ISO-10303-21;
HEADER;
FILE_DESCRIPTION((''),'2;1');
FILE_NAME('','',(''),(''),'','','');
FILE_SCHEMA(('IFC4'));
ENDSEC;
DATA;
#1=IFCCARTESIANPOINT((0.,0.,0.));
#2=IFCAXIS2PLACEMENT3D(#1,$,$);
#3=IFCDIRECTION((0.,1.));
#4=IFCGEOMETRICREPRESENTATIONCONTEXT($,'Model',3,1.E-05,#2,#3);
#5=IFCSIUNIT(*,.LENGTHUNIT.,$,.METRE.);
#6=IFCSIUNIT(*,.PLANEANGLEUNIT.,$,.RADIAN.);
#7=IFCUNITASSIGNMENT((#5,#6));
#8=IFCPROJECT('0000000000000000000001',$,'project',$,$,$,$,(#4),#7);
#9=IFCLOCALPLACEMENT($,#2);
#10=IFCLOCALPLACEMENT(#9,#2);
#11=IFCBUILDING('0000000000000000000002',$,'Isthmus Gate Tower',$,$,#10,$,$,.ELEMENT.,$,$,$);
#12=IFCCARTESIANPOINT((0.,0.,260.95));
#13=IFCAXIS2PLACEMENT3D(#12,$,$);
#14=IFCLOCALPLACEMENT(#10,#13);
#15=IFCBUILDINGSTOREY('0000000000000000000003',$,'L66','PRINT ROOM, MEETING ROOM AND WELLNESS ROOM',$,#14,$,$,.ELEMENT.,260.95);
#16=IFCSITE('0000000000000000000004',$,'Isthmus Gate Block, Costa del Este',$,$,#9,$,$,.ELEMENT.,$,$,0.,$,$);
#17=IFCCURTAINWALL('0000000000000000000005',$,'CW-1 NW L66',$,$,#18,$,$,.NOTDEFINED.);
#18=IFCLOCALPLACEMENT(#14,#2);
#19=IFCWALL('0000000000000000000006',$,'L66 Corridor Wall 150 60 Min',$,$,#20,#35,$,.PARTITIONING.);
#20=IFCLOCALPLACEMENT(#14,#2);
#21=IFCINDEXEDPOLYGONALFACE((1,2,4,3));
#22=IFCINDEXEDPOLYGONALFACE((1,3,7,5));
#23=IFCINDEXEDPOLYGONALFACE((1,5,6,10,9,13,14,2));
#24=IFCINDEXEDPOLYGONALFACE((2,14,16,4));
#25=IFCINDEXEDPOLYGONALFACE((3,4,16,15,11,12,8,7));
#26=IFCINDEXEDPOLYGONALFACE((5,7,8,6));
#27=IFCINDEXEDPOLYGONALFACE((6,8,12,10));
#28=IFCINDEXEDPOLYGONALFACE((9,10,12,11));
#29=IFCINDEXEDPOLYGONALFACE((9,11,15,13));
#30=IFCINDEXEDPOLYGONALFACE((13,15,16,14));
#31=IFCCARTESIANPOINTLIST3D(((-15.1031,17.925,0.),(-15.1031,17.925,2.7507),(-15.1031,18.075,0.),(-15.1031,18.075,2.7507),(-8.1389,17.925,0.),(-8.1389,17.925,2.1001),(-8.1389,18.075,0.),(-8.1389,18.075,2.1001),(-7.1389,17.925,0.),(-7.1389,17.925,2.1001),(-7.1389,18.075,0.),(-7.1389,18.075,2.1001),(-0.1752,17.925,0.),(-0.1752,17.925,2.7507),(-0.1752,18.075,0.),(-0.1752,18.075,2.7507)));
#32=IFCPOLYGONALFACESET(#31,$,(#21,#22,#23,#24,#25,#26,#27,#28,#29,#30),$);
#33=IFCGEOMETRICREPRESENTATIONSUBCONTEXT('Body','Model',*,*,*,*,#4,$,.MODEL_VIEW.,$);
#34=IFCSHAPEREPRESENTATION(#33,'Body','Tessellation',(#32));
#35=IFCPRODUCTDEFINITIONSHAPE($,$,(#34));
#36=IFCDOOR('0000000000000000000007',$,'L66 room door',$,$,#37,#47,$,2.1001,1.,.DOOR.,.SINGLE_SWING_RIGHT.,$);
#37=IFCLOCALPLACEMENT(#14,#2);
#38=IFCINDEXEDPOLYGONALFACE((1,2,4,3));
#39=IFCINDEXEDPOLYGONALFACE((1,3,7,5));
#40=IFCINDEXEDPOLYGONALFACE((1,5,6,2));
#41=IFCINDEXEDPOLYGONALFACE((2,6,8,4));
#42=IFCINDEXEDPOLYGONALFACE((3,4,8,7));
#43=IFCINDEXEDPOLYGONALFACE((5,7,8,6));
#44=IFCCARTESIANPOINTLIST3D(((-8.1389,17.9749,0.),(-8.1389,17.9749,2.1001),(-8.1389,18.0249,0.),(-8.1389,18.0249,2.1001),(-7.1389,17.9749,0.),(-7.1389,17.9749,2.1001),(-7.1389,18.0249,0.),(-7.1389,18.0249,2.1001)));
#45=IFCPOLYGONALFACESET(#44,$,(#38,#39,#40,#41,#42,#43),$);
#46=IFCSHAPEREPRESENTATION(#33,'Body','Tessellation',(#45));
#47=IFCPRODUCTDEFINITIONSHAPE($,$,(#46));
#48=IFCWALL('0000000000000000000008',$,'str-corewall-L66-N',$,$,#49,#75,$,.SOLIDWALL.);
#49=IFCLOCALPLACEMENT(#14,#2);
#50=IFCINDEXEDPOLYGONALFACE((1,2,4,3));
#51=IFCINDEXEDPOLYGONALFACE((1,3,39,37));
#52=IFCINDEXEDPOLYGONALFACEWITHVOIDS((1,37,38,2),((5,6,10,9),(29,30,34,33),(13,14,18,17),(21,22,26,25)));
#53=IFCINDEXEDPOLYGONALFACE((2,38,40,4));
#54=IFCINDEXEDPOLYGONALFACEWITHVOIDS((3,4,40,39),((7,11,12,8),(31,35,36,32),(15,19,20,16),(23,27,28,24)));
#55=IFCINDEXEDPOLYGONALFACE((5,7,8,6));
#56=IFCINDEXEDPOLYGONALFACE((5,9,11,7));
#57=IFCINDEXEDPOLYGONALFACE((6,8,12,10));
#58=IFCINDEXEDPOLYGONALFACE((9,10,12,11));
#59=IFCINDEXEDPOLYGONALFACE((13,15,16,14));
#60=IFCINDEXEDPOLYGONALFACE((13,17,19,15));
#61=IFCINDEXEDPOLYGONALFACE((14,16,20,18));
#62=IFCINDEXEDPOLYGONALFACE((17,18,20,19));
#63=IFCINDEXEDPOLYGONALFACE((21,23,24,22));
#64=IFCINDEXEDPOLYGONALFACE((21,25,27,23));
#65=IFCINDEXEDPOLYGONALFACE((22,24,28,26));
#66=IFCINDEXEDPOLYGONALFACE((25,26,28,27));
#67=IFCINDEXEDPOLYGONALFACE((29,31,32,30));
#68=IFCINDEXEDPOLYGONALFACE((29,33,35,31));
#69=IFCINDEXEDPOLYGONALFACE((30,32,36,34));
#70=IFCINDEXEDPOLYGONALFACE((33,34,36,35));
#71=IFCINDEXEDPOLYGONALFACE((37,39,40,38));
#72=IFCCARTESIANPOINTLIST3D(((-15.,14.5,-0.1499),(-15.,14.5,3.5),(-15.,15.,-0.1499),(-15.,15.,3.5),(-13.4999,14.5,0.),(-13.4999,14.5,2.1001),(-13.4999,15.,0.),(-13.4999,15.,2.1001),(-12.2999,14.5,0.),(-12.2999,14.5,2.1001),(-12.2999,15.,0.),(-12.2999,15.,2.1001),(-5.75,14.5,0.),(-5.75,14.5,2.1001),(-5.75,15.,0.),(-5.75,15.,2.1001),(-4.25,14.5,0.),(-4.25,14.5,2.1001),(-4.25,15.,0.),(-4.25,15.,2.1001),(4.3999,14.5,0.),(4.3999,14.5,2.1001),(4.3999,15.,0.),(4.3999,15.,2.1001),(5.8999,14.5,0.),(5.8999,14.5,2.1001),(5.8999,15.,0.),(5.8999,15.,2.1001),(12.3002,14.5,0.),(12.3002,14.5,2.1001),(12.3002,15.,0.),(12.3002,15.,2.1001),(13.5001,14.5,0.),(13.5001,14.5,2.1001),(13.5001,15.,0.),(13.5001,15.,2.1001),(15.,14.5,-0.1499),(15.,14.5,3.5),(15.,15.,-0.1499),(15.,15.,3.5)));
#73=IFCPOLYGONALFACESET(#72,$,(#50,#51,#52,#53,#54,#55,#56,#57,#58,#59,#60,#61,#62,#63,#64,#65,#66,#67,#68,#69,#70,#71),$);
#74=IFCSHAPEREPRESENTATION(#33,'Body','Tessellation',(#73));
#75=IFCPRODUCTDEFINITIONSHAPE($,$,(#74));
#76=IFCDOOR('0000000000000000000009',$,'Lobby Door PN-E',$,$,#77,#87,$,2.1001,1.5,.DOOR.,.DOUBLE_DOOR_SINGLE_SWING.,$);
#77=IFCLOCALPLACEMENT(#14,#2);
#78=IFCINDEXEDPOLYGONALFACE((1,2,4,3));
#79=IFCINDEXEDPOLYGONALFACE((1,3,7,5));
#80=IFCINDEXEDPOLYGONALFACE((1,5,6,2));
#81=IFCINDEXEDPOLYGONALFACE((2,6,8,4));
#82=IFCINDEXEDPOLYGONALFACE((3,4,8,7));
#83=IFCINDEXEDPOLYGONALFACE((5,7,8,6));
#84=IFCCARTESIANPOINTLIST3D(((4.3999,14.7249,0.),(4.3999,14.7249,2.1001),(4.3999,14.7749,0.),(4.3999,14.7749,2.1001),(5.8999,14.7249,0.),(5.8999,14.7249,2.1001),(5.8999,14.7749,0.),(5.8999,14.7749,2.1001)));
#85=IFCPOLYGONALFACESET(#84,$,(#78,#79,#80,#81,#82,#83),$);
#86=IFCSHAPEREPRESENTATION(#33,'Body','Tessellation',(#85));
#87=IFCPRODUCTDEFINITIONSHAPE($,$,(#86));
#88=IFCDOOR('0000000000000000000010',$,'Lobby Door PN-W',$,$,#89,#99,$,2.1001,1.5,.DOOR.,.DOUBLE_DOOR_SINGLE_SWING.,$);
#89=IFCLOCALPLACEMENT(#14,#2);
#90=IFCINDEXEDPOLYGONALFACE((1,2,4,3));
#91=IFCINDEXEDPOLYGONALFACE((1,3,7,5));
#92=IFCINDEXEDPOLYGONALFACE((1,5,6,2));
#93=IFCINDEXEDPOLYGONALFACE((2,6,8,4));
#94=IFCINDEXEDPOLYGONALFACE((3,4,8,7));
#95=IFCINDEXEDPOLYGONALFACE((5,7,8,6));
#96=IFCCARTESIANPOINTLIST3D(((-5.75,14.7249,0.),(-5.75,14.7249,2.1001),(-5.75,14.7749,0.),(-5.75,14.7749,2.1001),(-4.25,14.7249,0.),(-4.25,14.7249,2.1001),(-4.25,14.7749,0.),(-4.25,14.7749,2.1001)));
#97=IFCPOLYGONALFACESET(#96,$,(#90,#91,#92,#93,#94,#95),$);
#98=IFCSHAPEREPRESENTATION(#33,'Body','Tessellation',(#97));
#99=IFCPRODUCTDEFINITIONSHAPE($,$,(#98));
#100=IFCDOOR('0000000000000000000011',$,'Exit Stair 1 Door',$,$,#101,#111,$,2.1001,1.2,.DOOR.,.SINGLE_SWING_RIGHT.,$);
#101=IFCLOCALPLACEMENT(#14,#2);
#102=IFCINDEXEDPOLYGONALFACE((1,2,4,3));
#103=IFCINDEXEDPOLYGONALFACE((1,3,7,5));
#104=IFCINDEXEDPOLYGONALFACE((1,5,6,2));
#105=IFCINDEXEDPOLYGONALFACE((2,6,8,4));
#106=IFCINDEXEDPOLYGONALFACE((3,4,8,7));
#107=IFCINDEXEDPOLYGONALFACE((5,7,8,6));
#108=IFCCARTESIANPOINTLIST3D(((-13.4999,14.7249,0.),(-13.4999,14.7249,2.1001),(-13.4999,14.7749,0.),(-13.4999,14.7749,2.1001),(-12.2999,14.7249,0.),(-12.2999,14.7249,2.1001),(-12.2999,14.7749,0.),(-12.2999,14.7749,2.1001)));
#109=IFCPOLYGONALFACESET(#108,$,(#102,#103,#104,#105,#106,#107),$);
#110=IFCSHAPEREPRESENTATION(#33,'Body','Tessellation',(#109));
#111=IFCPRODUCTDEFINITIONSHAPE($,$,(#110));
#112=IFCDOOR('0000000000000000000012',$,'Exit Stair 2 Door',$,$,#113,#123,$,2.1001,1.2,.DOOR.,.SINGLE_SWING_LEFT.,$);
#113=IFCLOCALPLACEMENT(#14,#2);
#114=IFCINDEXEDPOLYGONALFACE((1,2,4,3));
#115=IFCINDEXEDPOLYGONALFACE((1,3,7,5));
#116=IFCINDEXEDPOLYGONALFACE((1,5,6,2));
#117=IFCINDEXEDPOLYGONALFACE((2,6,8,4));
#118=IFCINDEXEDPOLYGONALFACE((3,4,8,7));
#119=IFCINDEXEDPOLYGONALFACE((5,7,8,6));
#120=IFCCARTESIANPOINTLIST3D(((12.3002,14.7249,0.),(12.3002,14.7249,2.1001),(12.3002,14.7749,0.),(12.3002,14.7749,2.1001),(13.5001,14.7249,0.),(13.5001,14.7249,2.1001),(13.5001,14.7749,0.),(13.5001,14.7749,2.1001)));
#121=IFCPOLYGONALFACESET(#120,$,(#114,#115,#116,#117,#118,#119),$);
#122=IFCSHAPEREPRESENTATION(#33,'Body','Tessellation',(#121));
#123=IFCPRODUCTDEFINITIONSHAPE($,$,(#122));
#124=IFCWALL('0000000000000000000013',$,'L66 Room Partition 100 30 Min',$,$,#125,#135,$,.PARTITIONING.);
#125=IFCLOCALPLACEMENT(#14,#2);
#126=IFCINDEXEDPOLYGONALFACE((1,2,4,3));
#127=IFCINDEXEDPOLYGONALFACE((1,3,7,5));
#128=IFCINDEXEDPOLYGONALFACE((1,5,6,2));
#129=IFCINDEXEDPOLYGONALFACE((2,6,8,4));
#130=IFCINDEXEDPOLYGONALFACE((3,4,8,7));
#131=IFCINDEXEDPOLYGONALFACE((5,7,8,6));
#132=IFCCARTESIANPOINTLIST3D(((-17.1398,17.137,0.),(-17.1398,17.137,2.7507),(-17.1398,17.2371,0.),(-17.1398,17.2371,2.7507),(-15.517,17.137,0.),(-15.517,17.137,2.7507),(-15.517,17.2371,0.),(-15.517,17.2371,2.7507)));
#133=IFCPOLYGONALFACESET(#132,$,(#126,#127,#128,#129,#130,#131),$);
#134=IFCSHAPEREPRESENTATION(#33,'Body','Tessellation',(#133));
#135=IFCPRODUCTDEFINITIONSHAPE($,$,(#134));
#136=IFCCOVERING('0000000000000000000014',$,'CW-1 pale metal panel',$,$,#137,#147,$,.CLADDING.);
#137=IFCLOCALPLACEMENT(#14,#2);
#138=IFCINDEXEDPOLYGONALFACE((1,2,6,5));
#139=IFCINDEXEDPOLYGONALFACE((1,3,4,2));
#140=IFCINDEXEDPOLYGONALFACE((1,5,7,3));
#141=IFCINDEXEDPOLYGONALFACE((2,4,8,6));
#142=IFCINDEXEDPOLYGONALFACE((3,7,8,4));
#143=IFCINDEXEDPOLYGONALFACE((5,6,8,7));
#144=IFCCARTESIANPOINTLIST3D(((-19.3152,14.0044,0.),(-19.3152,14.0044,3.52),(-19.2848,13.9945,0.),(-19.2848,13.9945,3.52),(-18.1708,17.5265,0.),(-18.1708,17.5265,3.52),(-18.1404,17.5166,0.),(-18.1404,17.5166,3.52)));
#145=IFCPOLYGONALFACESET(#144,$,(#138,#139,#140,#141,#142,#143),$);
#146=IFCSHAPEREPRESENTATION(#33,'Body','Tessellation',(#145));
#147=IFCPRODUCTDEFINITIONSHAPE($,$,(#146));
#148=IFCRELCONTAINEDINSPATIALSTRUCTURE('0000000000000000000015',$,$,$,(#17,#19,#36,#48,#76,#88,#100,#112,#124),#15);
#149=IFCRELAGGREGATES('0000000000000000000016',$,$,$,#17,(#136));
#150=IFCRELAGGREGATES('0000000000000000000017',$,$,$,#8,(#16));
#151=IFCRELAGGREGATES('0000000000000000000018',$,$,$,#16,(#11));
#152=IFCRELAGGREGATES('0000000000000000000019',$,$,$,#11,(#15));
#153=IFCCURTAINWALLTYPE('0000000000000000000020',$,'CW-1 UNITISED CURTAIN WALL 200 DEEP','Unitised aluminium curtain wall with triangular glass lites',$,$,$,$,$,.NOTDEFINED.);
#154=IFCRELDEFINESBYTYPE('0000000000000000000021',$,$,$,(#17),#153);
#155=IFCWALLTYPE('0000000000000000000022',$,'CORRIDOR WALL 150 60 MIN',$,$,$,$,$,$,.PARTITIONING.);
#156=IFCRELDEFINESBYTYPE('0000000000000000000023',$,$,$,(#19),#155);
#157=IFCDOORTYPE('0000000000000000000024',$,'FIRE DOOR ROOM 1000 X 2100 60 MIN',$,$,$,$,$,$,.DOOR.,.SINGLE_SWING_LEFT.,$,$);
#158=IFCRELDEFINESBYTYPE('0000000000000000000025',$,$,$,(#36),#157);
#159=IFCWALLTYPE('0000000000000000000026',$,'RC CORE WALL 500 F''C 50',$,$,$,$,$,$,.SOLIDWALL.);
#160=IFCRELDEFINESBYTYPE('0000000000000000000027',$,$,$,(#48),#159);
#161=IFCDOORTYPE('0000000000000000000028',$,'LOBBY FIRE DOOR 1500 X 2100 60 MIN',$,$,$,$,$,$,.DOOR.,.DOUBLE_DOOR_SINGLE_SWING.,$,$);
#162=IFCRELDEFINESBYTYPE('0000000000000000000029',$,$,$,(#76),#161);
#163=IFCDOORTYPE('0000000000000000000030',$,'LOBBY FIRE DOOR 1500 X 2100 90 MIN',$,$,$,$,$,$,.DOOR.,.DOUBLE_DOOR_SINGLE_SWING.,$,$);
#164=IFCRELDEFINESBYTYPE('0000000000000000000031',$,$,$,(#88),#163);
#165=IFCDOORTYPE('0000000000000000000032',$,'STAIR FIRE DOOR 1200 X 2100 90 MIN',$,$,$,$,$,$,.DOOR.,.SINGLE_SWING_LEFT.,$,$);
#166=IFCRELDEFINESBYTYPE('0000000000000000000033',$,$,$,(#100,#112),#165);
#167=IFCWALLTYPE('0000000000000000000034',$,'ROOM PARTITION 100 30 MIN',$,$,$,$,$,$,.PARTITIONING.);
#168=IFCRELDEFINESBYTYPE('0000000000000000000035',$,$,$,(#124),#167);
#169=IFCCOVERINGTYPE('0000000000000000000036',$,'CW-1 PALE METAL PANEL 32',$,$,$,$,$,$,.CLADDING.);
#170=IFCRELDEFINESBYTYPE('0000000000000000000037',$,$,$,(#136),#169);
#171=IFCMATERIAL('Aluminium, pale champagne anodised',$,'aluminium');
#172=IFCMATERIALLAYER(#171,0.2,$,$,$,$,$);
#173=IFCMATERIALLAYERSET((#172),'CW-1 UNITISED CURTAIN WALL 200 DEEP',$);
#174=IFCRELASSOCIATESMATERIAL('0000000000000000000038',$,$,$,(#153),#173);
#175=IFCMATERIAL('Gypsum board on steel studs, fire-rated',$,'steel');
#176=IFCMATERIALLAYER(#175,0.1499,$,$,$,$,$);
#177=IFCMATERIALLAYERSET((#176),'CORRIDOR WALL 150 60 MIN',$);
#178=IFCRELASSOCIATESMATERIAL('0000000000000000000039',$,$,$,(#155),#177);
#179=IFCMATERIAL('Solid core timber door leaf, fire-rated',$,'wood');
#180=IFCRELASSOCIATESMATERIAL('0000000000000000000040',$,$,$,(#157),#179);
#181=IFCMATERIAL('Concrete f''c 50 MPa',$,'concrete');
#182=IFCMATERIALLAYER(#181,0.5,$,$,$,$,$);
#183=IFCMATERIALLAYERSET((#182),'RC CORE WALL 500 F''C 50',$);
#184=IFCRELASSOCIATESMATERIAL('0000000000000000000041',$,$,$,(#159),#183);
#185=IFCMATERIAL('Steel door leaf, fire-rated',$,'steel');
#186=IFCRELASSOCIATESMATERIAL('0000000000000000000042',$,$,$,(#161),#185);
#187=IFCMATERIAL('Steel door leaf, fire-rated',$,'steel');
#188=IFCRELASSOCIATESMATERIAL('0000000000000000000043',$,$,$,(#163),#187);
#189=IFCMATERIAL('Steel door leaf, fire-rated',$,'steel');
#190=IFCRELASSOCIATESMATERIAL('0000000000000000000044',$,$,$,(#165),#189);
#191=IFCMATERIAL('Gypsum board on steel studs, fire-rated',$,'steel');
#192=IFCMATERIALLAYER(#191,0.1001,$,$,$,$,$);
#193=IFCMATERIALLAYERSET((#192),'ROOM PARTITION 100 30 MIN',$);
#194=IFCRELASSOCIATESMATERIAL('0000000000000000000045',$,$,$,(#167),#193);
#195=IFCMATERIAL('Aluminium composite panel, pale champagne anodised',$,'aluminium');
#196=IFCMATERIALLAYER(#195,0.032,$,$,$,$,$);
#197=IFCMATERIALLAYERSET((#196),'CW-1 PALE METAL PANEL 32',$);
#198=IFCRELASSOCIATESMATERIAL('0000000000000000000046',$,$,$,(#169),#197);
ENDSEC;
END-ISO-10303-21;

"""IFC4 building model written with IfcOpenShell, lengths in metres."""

from ifc_helpers import new_model, si_unit, direction, frame, frame_2d, origin, origin_2d, place, context, subcontext, project, spatial, rectangle, extrude, material, layer, layer_set, type_object, element, fill, aggregate, save


model = new_model("IFC4")

# Units and contexts
model_context = context("Model", 3, precision=1e-05, world=origin(), true_north=direction((0.0, 1.0)))
body_context = subcontext(model_context, "Body", "Model", "MODEL_VIEW")
ifc_project = project(units=[si_unit("LENGTHUNIT", "METRE"), si_unit("PLANEANGLEUNIT", "RADIAN")], contexts=[model_context])

# Site, building, storey
site_placement = place(None, origin())
site = spatial("IfcSite", under=ifc_project, at=site_placement, Name="Isthmus Gate Block, Costa del Este", CompositionType="ELEMENT", RefElevation=0.0)
building_placement = place(site_placement, origin())
building = spatial("IfcBuilding", under=site, at=building_placement, Name="Isthmus Gate Tower", CompositionType="ELEMENT")
storey_placement = place(building_placement, frame((0.0, 0.0, 260.95)))
storey = spatial("IfcBuildingStorey", under=building, at=storey_placement, Name="L66", Description="PRINT ROOM, MEETING ROOM AND WELLNESS ROOM", CompositionType="ELEMENT", Elevation=260.95)

# Curtain wall
ifc_material_1 = material(Name="Aluminium, pale champagne anodised", Category="aluminium")
ifc_layer_1 = layer(ifc_material_1, 0.2)
ifc_layer_set_1 = layer_set([ifc_layer_1], Name="CW-1 UNITISED CURTAIN WALL 200 DEEP")
curtain_wall_type = type_object("IfcCurtainWallType", Name="CW-1 UNITISED CURTAIN WALL 200 DEEP", Description="Unitised aluminium curtain wall with triangular glass lites", PredefinedType="NOTDEFINED", material=ifc_layer_set_1)
curtain_wall_1_placement = place(storey_placement, origin())
curtain_wall_1 = element("IfcCurtainWall", 1, at=curtain_wall_1_placement, inside=storey, type_object=curtain_wall_type, Name="CW-1 NW L66", PredefinedType="NOTDEFINED")

# Shared definitions
ifc_material_2 = material(Name="Gypsum board on steel studs, fire-rated", Category="steel")
ifc_layer_2 = layer(ifc_material_2, 0.1499)
ifc_layer_set_2 = layer_set([ifc_layer_2], Name="CORRIDOR WALL 150 60 MIN")
wall_type_1 = type_object("IfcWallType", Name="CORRIDOR WALL 150 60 MIN", PredefinedType="PARTITIONING", material=ifc_layer_set_2)

# Wall, opening, door
wall_1_placement = place(storey_placement, frame((-15.103, 18.0, 0.0), z_axis=(0.0, 0.0, 1.0), x_axis=(1.0, 0.0, 0.0)))
wall_1 = element("IfcWall", 2, at=wall_1_placement, inside=storey, type_object=wall_type_1, Name="L66 Corridor Wall 150 60 Min", PredefinedType="PARTITIONING", context=body_context, shape_type="SweptSolid", body=[
    extrude(rectangle(XDim=14.928, YDim=0.1499, at=frame_2d((7.4639, 0.0))), origin(), (0.0, 0.0, 1.0), 2.7507),
])
opening_1_placement = place(wall_1_placement, frame((6.9641, 0.0, 0.0)))
opening_1 = element("IfcOpeningElement", 3, at=opening_1_placement, cuts=wall_1, PredefinedType="OPENING", context=body_context, shape_type="SweptSolid", body=[
    extrude(rectangle(XDim=1.0, YDim=2.1001, at=frame_2d((0.5, 1.05))), frame((0.0, 0.085, 0.0), z_axis=(0.0, -1.0, 0.0), x_axis=(1.0, 0.0, 0.0)), (0.0, 0.0, 1.0), 0.1699),
])
ifc_material_3 = material(Name="Solid core timber door leaf, fire-rated", Category="wood")
door_type_1 = type_object("IfcDoorType", Name="FIRE DOOR ROOM 1000 X 2100 60 MIN", OperationType="SINGLE_SWING_LEFT", PredefinedType="DOOR", material=ifc_material_3)
door_1_placement = place(opening_1_placement, origin())
door_1 = element("IfcDoor", 4, at=door_1_placement, inside=storey, type_object=door_type_1, Name="L66 room door", OperationType="SINGLE_SWING_RIGHT", OverallHeight=2.1001, OverallWidth=1.0, PredefinedType="DOOR", context=body_context, shape_type="SweptSolid", body=[
    extrude(rectangle(XDim=1.0, YDim=2.1001, at=frame_2d((0.5, 1.05))), frame((0.0, 0.0249, 0.0), z_axis=(0.0, -1.0, 0.0), x_axis=(1.0, 0.0, 0.0)), (0.0, 0.0, 1.0), 0.05),
])
fill(opening_1, door_1)

# Wall, openings, doors
ifc_material_4 = material(Name="Concrete f'c 50 MPa", Category="concrete")
ifc_layer_3 = layer(ifc_material_4, 0.5)
ifc_layer_set_3 = layer_set([ifc_layer_3], Name="RC CORE WALL 500 F'C 50")
wall_type_2 = type_object("IfcWallType", Name="RC CORE WALL 500 F'C 50", PredefinedType="SOLIDWALL", material=ifc_layer_set_3)
wall_2_placement = place(storey_placement, frame((-15.0, 14.75, -0.1499), z_axis=(0.0, 0.0, 1.0), x_axis=(1.0, 0.0, 0.0)))
wall_2 = element("IfcWall", 5, at=wall_2_placement, inside=storey, type_object=wall_type_2, Name="str-corewall-L66-N", PredefinedType="SOLIDWALL", context=body_context, shape_type="SweptSolid", body=[
    extrude(rectangle(XDim=30.0, YDim=0.5, at=frame_2d((15.0, 0.0))), origin(), (0.0, 0.0, 1.0), 3.6499),
])
opening_2_placement = place(wall_2_placement, frame((9.25, 0.0, 0.1499)))
opening_2 = element("IfcOpeningElement", 6, at=opening_2_placement, cuts=wall_2, PredefinedType="OPENING", context=body_context, shape_type="SweptSolid", body=[
    extrude(rectangle(XDim=1.5, YDim=2.1001, at=frame_2d((0.75, 1.05))), frame((0.0, 0.26, 0.0), z_axis=(0.0, -1.0, 0.0), x_axis=(1.0, 0.0, 0.0)), (0.0, 0.0, 1.0), 0.52),
])
opening_3_placement = place(wall_2_placement, frame((19.3999, 0.0, 0.1499)))
opening_3 = element("IfcOpeningElement", 7, at=opening_3_placement, cuts=wall_2, PredefinedType="OPENING", context=body_context, shape_type="SweptSolid", body=[
    extrude(rectangle(XDim=1.5, YDim=2.1001, at=frame_2d((0.75, 1.05))), frame((0.0, 0.26, 0.0), z_axis=(0.0, -1.0, 0.0), x_axis=(1.0, 0.0, 0.0)), (0.0, 0.0, 1.0), 0.52),
])
opening_4_placement = place(wall_2_placement, frame((1.5, 0.0, 0.1499)))
opening_4 = element("IfcOpeningElement", 8, at=opening_4_placement, cuts=wall_2, PredefinedType="OPENING", context=body_context, shape_type="SweptSolid", body=[
    extrude(rectangle(XDim=1.2, YDim=2.1001, at=frame_2d((0.6001, 1.05))), frame((0.0, 0.26, 0.0), z_axis=(0.0, -1.0, 0.0), x_axis=(1.0, 0.0, 0.0)), (0.0, 0.0, 1.0), 0.52),
])
opening_5_placement = place(wall_2_placement, frame((27.3, 0.0, 0.1499)))
opening_5 = element("IfcOpeningElement", 9, at=opening_5_placement, cuts=wall_2, PredefinedType="OPENING", context=body_context, shape_type="SweptSolid", body=[
    extrude(rectangle(XDim=1.2, YDim=2.1001, at=frame_2d((0.6001, 1.05))), frame((0.0, 0.26, 0.0), z_axis=(0.0, -1.0, 0.0), x_axis=(1.0, 0.0, 0.0)), (0.0, 0.0, 1.0), 0.52),
])
ifc_material_5 = material(Name="Steel door leaf, fire-rated", Category="steel")
door_type_2 = type_object("IfcDoorType", Name="LOBBY FIRE DOOR 1500 X 2100 60 MIN", OperationType="DOUBLE_DOOR_SINGLE_SWING", PredefinedType="DOOR", material=ifc_material_5)
door_2_placement = place(opening_3_placement, origin())
door_2 = element("IfcDoor", 10, at=door_2_placement, inside=storey, type_object=door_type_2, Name="Lobby Door PN-E", OperationType="DOUBLE_DOOR_SINGLE_SWING", OverallHeight=2.1001, OverallWidth=1.5, PredefinedType="DOOR", context=body_context, shape_type="SweptSolid", body=[
    extrude(rectangle(XDim=1.5, YDim=2.1001, at=frame_2d((0.75, 1.05))), frame((0.0, 0.0249, 0.0), z_axis=(0.0, -1.0, 0.0), x_axis=(1.0, 0.0, 0.0)), (0.0, 0.0, 1.0), 0.05),
])
fill(opening_3, door_2)
ifc_material_6 = material(Name="Steel door leaf, fire-rated", Category="steel")
door_type_3 = type_object("IfcDoorType", Name="LOBBY FIRE DOOR 1500 X 2100 90 MIN", OperationType="DOUBLE_DOOR_SINGLE_SWING", PredefinedType="DOOR", material=ifc_material_6)
door_3_placement = place(opening_2_placement, origin())
door_3 = element("IfcDoor", 11, at=door_3_placement, inside=storey, type_object=door_type_3, Name="Lobby Door PN-W", OperationType="DOUBLE_DOOR_SINGLE_SWING", OverallHeight=2.1001, OverallWidth=1.5, PredefinedType="DOOR", context=body_context, shape_type="SweptSolid", body=[
    extrude(rectangle(XDim=1.5, YDim=2.1001, at=frame_2d((0.75, 1.05))), frame((0.0, 0.0249, 0.0), z_axis=(0.0, -1.0, 0.0), x_axis=(1.0, 0.0, 0.0)), (0.0, 0.0, 1.0), 0.05),
])
fill(opening_2, door_3)
ifc_material_7 = material(Name="Steel door leaf, fire-rated", Category="steel")
door_type_4 = type_object("IfcDoorType", Name="STAIR FIRE DOOR 1200 X 2100 90 MIN", OperationType="SINGLE_SWING_LEFT", PredefinedType="DOOR", material=ifc_material_7)
door_4_placement = place(opening_4_placement, origin())
door_4 = element("IfcDoor", 12, at=door_4_placement, inside=storey, type_object=door_type_4, Name="Exit Stair 1 Door", OperationType="SINGLE_SWING_RIGHT", OverallHeight=2.1001, OverallWidth=1.2, PredefinedType="DOOR", context=body_context, shape_type="SweptSolid", body=[
    extrude(rectangle(XDim=1.2, YDim=2.1001, at=frame_2d((0.6001, 1.05))), frame((0.0, 0.0249, 0.0), z_axis=(0.0, -1.0, 0.0), x_axis=(1.0, 0.0, 0.0)), (0.0, 0.0, 1.0), 0.05),
])
fill(opening_4, door_4)
door_5_placement = place(opening_5_placement, origin())
door_5 = element("IfcDoor", 13, at=door_5_placement, inside=storey, type_object=door_type_4, Name="Exit Stair 2 Door", OperationType="SINGLE_SWING_LEFT", OverallHeight=2.1001, OverallWidth=1.2, PredefinedType="DOOR", context=body_context, shape_type="SweptSolid", body=[
    extrude(rectangle(XDim=1.2, YDim=2.1001, at=frame_2d((0.6001, 1.05))), frame((0.0, 0.0249, 0.0), z_axis=(0.0, -1.0, 0.0), x_axis=(1.0, 0.0, 0.0)), (0.0, 0.0, 1.0), 0.05),
])
fill(opening_5, door_5)

# Wall
ifc_material_8 = material(Name="Gypsum board on steel studs, fire-rated", Category="steel")
ifc_layer_4 = layer(ifc_material_8, 0.1001)
ifc_layer_set_4 = layer_set([ifc_layer_4], Name="ROOM PARTITION 100 30 MIN")
wall_type_3 = type_object("IfcWallType", Name="ROOM PARTITION 100 30 MIN", PredefinedType="PARTITIONING", material=ifc_layer_set_4)
wall_3_placement = place(storey_placement, frame((-17.1399, 17.187, 0.0), z_axis=(0.0, 0.0, 1.0), x_axis=(1.0, 0.0, 0.0)))
element("IfcWall", 14, at=wall_3_placement, inside=storey, type_object=wall_type_3, Name="L66 Room Partition 100 30 Min", PredefinedType="PARTITIONING", context=body_context, shape_type="SweptSolid", body=[
    extrude(rectangle(XDim=1.6228, YDim=0.1001, at=frame_2d((0.8115, 0.0))), origin(), (0.0, 0.0, 1.0), 2.7507),
])

# Covering
ifc_material_9 = material(Name="Aluminium composite panel, pale champagne anodised", Category="aluminium")
ifc_layer_5 = layer(ifc_material_9, 0.032)
ifc_layer_set_5 = layer_set([ifc_layer_5], Name="CW-1 PALE METAL PANEL 32")
covering_type = type_object("IfcCoveringType", Name="CW-1 PALE METAL PANEL 32", PredefinedType="CLADDING", material=ifc_layer_set_5)
covering_placement = place(storey_placement, frame((-18.7278, 15.7605, 0.0), z_axis=(0.0, 0.0, 1.0), x_axis=(-0.309017, -0.951057, 0.0)))
covering = element("IfcCovering", 15, at=covering_placement, type_object=covering_type, Name="CW-1 pale metal panel", PredefinedType="CLADDING", context=body_context, shape_type="SweptSolid", body=[
    extrude(rectangle(XDim=3.7034, YDim=0.032, at=origin_2d()), origin(), (0.0, 0.0, 1.0), 3.52),
])
aggregate(curtain_wall_1, [covering])

save(model, "model.ifc")
